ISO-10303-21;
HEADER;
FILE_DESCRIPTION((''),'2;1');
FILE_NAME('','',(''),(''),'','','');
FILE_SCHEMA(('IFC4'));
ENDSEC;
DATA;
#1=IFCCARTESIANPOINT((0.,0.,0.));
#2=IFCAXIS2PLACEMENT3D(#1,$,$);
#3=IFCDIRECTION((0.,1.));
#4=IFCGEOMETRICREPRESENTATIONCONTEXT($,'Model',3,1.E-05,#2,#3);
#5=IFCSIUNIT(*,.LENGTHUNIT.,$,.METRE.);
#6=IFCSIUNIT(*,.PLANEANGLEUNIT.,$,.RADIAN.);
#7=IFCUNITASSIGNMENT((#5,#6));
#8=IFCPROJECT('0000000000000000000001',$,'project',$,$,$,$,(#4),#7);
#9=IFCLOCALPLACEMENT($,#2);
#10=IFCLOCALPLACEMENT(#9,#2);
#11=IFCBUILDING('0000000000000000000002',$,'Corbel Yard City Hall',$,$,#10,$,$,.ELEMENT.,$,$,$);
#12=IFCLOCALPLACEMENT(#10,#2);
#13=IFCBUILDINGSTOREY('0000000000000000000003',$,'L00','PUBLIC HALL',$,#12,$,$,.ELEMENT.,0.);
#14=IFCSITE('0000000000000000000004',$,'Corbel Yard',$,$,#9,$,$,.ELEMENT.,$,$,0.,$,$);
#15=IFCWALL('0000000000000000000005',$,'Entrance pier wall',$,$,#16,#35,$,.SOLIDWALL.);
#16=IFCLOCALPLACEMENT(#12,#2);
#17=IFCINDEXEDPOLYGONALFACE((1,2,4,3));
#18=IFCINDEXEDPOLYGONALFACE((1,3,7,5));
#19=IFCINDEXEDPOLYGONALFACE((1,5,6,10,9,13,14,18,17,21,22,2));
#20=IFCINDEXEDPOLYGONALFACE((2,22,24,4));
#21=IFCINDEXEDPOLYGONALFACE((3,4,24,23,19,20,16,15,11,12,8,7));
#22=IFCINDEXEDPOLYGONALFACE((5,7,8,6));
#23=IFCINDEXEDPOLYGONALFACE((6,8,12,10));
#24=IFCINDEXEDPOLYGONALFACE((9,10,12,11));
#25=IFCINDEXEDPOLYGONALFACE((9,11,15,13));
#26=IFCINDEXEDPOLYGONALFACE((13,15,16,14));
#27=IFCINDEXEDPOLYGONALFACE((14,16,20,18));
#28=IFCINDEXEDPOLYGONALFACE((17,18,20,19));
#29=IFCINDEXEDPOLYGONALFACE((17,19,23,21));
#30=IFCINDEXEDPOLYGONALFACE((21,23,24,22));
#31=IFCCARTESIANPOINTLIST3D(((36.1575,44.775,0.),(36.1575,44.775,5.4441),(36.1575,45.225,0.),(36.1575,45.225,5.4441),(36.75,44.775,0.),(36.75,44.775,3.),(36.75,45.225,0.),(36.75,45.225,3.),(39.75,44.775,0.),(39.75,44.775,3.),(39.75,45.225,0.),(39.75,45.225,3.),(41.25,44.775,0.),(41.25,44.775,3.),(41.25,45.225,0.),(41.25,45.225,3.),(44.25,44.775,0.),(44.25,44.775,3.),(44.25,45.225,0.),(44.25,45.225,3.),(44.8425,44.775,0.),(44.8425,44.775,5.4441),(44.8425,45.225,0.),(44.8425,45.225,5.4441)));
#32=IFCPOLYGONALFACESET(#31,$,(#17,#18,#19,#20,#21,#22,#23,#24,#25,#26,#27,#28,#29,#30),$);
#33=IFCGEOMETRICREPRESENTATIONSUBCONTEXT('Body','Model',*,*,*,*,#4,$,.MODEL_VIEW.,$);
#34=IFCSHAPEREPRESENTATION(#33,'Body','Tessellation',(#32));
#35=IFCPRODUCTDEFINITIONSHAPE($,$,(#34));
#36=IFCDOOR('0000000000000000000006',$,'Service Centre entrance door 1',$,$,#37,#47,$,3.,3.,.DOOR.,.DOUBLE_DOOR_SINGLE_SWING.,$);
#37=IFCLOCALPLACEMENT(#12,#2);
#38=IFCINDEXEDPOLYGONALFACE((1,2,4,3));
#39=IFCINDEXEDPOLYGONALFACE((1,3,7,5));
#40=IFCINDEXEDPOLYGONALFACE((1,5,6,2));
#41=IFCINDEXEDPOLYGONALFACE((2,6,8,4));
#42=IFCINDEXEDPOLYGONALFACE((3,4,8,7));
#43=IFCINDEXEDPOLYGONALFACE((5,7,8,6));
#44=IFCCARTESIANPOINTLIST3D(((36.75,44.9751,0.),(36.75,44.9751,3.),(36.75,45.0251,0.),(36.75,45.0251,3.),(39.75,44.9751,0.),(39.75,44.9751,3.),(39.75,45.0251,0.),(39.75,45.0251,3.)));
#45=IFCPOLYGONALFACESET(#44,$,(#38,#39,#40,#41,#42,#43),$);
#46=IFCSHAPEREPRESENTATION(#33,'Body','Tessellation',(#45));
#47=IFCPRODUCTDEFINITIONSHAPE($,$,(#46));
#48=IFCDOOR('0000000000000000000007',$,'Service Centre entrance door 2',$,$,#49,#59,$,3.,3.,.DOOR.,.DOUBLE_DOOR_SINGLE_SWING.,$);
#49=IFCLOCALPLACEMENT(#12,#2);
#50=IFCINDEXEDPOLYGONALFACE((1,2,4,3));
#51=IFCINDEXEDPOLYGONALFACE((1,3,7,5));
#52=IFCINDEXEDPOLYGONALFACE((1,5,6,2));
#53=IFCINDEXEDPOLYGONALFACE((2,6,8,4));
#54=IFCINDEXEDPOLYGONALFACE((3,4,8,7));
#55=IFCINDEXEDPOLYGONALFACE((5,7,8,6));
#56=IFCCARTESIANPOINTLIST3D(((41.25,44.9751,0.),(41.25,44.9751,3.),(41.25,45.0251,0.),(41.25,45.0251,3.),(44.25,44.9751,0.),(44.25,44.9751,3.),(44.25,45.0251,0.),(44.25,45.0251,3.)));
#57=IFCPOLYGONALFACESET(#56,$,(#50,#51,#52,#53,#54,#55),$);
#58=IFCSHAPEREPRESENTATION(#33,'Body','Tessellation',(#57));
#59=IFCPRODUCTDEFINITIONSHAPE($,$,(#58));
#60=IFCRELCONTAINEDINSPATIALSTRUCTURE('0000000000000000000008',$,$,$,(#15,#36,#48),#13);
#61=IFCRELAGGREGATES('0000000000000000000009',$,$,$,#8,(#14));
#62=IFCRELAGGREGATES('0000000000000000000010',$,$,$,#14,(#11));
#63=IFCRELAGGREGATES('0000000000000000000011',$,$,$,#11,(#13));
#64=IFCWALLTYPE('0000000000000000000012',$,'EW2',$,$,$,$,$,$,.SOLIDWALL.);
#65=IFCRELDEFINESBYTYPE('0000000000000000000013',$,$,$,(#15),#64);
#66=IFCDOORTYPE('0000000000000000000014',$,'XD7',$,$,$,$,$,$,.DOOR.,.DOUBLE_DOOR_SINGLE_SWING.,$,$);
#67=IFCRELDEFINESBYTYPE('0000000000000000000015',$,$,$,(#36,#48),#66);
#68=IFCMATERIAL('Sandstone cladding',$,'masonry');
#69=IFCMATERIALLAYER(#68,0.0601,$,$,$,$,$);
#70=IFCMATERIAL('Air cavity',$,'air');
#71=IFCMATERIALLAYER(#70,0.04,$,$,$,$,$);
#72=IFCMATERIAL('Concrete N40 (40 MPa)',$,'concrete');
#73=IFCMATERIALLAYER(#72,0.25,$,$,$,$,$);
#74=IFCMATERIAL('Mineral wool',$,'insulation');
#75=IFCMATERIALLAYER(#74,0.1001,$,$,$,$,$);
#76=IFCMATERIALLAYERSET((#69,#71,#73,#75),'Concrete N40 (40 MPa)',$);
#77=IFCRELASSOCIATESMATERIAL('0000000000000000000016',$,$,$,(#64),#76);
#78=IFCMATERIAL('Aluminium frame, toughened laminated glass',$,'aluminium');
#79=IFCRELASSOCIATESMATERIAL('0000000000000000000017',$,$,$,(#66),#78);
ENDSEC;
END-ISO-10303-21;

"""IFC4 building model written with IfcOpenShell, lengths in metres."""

from ifc_helpers import new_model, si_unit, direction, frame, frame_2d, origin, place, context, subcontext, project, spatial, rectangle, extrude, material, layer, layer_set, type_object, element, fill, save


model = new_model("IFC4")

# Units and contexts
model_context = context("Model", 3, precision=1e-05, world=origin(), true_north=direction((0.0, 1.0)))
body_context = subcontext(model_context, "Body", "Model", "MODEL_VIEW")
ifc_project = project(units=[si_unit("LENGTHUNIT", "METRE"), si_unit("PLANEANGLEUNIT", "RADIAN")], contexts=[model_context])

# Site, building, storey
site_placement = place(None, origin())
site = spatial("IfcSite", under=ifc_project, at=site_placement, Name="Corbel Yard", CompositionType="ELEMENT", RefElevation=0.0)
building_placement = place(site_placement, origin())
building = spatial("IfcBuilding", under=site, at=building_placement, Name="Corbel Yard City Hall", CompositionType="ELEMENT")
storey_placement = place(building_placement, origin())
storey = spatial("IfcBuildingStorey", under=building, at=storey_placement, Name="L00", Description="PUBLIC HALL", CompositionType="ELEMENT", Elevation=0.0)

# Shared definitions
ifc_material_1 = material(Name="Concrete N40 (40 MPa)", Category="concrete")

# Wall, openings, doors
ifc_material_2 = material(Name="Sandstone cladding", Category="masonry")
ifc_layer_1 = layer(ifc_material_2, 0.0601)
ifc_material_3 = material(Name="Air cavity", Category="air")
ifc_layer_2 = layer(ifc_material_3, 0.04)
ifc_layer_3 = layer(ifc_material_1, 0.25)
ifc_material_4 = material(Name="Mineral wool", Category="insulation")
ifc_layer_4 = layer(ifc_material_4, 0.1001)
ifc_layer_set_1 = layer_set([ifc_layer_1, ifc_layer_2, ifc_layer_3, ifc_layer_4], Name="Concrete N40 (40 MPa)")
wall_type = type_object("IfcWallType", Name="EW2", PredefinedType="SOLIDWALL", material=ifc_layer_set_1)
wall_placement = place(storey_placement, frame((36.1575, 45.0, 0.0), z_axis=(0.0, 0.0, 1.0), x_axis=(1.0, 0.0, 0.0)))
wall = element("IfcWall", 1, at=wall_placement, inside=storey, type_object=wall_type, Name="Entrance pier wall", PredefinedType="SOLIDWALL", context=body_context, shape_type="SweptSolid", body=[
    extrude(rectangle(XDim=8.6851, YDim=0.45, at=frame_2d((4.3425, 0.0))), origin(), (0.0, 0.0, 1.0), 5.4441),
])
opening_1_placement = place(wall_placement, frame((0.5925, 0.0, 0.0)))
opening_1 = element("IfcOpeningElement", 2, at=opening_1_placement, cuts=wall, PredefinedType="OPENING", context=body_context, shape_type="SweptSolid", body=[
    extrude(rectangle(XDim=3.0, YDim=3.0, at=frame_2d((1.5, 1.5))), frame((0.0, 0.2349, 0.0), z_axis=(0.0, -1.0, 0.0), x_axis=(1.0, 0.0, 0.0)), (0.0, 0.0, 1.0), 0.47),
])
opening_2_placement = place(wall_placement, frame((5.0925, 0.0, 0.0)))
opening_2 = element("IfcOpeningElement", 3, at=opening_2_placement, cuts=wall, PredefinedType="OPENING", context=body_context, shape_type="SweptSolid", body=[
    extrude(rectangle(XDim=3.0, YDim=3.0, at=frame_2d((1.5, 1.5))), frame((0.0, 0.2349, 0.0), z_axis=(0.0, -1.0, 0.0), x_axis=(1.0, 0.0, 0.0)), (0.0, 0.0, 1.0), 0.47),
])
ifc_material_5 = material(Name="Aluminium frame, toughened laminated glass", Category="aluminium")
door_type = type_object("IfcDoorType", Name="XD7", OperationType="DOUBLE_DOOR_SINGLE_SWING", PredefinedType="DOOR", material=ifc_material_5)
door_1_placement = place(opening_1_placement, frame((3.0, 0.0, 0.0), z_axis=(0.0, 0.0, 1.0), x_axis=(-1.0, 0.0, 0.0)))
door_1 = element("IfcDoor", 4, at=door_1_placement, inside=storey, type_object=door_type, Name="Service Centre entrance door 1", OperationType="DOUBLE_DOOR_SINGLE_SWING", OverallHeight=3.0, OverallWidth=3.0, PredefinedType="DOOR", context=body_context, shape_type="SweptSolid", body=[
    extrude(rectangle(XDim=3.0, YDim=3.0, at=frame_2d((1.5, 1.5))), frame((0.0, 0.0249, 0.0), z_axis=(0.0, -1.0, 0.0), x_axis=(1.0, 0.0, 0.0)), (0.0, 0.0, 1.0), 0.05),
])
fill(opening_1, door_1)
door_2_placement = place(opening_2_placement, frame((3.0, 0.0, 0.0), z_axis=(0.0, 0.0, 1.0), x_axis=(-1.0, 0.0, 0.0)))
door_2 = element("IfcDoor", 5, at=door_2_placement, inside=storey, type_object=door_type, Name="Service Centre entrance door 2", OperationType="DOUBLE_DOOR_SINGLE_SWING", OverallHeight=3.0, OverallWidth=3.0, PredefinedType="DOOR", context=body_context, shape_type="SweptSolid", body=[
    extrude(rectangle(XDim=3.0, YDim=3.0, at=frame_2d((1.5, 1.5))), frame((0.0, 0.0249, 0.0), z_axis=(0.0, -1.0, 0.0), x_axis=(1.0, 0.0, 0.0)), (0.0, 0.0, 1.0), 0.05),
])
fill(opening_2, door_2)

save(model, "model.ifc")
